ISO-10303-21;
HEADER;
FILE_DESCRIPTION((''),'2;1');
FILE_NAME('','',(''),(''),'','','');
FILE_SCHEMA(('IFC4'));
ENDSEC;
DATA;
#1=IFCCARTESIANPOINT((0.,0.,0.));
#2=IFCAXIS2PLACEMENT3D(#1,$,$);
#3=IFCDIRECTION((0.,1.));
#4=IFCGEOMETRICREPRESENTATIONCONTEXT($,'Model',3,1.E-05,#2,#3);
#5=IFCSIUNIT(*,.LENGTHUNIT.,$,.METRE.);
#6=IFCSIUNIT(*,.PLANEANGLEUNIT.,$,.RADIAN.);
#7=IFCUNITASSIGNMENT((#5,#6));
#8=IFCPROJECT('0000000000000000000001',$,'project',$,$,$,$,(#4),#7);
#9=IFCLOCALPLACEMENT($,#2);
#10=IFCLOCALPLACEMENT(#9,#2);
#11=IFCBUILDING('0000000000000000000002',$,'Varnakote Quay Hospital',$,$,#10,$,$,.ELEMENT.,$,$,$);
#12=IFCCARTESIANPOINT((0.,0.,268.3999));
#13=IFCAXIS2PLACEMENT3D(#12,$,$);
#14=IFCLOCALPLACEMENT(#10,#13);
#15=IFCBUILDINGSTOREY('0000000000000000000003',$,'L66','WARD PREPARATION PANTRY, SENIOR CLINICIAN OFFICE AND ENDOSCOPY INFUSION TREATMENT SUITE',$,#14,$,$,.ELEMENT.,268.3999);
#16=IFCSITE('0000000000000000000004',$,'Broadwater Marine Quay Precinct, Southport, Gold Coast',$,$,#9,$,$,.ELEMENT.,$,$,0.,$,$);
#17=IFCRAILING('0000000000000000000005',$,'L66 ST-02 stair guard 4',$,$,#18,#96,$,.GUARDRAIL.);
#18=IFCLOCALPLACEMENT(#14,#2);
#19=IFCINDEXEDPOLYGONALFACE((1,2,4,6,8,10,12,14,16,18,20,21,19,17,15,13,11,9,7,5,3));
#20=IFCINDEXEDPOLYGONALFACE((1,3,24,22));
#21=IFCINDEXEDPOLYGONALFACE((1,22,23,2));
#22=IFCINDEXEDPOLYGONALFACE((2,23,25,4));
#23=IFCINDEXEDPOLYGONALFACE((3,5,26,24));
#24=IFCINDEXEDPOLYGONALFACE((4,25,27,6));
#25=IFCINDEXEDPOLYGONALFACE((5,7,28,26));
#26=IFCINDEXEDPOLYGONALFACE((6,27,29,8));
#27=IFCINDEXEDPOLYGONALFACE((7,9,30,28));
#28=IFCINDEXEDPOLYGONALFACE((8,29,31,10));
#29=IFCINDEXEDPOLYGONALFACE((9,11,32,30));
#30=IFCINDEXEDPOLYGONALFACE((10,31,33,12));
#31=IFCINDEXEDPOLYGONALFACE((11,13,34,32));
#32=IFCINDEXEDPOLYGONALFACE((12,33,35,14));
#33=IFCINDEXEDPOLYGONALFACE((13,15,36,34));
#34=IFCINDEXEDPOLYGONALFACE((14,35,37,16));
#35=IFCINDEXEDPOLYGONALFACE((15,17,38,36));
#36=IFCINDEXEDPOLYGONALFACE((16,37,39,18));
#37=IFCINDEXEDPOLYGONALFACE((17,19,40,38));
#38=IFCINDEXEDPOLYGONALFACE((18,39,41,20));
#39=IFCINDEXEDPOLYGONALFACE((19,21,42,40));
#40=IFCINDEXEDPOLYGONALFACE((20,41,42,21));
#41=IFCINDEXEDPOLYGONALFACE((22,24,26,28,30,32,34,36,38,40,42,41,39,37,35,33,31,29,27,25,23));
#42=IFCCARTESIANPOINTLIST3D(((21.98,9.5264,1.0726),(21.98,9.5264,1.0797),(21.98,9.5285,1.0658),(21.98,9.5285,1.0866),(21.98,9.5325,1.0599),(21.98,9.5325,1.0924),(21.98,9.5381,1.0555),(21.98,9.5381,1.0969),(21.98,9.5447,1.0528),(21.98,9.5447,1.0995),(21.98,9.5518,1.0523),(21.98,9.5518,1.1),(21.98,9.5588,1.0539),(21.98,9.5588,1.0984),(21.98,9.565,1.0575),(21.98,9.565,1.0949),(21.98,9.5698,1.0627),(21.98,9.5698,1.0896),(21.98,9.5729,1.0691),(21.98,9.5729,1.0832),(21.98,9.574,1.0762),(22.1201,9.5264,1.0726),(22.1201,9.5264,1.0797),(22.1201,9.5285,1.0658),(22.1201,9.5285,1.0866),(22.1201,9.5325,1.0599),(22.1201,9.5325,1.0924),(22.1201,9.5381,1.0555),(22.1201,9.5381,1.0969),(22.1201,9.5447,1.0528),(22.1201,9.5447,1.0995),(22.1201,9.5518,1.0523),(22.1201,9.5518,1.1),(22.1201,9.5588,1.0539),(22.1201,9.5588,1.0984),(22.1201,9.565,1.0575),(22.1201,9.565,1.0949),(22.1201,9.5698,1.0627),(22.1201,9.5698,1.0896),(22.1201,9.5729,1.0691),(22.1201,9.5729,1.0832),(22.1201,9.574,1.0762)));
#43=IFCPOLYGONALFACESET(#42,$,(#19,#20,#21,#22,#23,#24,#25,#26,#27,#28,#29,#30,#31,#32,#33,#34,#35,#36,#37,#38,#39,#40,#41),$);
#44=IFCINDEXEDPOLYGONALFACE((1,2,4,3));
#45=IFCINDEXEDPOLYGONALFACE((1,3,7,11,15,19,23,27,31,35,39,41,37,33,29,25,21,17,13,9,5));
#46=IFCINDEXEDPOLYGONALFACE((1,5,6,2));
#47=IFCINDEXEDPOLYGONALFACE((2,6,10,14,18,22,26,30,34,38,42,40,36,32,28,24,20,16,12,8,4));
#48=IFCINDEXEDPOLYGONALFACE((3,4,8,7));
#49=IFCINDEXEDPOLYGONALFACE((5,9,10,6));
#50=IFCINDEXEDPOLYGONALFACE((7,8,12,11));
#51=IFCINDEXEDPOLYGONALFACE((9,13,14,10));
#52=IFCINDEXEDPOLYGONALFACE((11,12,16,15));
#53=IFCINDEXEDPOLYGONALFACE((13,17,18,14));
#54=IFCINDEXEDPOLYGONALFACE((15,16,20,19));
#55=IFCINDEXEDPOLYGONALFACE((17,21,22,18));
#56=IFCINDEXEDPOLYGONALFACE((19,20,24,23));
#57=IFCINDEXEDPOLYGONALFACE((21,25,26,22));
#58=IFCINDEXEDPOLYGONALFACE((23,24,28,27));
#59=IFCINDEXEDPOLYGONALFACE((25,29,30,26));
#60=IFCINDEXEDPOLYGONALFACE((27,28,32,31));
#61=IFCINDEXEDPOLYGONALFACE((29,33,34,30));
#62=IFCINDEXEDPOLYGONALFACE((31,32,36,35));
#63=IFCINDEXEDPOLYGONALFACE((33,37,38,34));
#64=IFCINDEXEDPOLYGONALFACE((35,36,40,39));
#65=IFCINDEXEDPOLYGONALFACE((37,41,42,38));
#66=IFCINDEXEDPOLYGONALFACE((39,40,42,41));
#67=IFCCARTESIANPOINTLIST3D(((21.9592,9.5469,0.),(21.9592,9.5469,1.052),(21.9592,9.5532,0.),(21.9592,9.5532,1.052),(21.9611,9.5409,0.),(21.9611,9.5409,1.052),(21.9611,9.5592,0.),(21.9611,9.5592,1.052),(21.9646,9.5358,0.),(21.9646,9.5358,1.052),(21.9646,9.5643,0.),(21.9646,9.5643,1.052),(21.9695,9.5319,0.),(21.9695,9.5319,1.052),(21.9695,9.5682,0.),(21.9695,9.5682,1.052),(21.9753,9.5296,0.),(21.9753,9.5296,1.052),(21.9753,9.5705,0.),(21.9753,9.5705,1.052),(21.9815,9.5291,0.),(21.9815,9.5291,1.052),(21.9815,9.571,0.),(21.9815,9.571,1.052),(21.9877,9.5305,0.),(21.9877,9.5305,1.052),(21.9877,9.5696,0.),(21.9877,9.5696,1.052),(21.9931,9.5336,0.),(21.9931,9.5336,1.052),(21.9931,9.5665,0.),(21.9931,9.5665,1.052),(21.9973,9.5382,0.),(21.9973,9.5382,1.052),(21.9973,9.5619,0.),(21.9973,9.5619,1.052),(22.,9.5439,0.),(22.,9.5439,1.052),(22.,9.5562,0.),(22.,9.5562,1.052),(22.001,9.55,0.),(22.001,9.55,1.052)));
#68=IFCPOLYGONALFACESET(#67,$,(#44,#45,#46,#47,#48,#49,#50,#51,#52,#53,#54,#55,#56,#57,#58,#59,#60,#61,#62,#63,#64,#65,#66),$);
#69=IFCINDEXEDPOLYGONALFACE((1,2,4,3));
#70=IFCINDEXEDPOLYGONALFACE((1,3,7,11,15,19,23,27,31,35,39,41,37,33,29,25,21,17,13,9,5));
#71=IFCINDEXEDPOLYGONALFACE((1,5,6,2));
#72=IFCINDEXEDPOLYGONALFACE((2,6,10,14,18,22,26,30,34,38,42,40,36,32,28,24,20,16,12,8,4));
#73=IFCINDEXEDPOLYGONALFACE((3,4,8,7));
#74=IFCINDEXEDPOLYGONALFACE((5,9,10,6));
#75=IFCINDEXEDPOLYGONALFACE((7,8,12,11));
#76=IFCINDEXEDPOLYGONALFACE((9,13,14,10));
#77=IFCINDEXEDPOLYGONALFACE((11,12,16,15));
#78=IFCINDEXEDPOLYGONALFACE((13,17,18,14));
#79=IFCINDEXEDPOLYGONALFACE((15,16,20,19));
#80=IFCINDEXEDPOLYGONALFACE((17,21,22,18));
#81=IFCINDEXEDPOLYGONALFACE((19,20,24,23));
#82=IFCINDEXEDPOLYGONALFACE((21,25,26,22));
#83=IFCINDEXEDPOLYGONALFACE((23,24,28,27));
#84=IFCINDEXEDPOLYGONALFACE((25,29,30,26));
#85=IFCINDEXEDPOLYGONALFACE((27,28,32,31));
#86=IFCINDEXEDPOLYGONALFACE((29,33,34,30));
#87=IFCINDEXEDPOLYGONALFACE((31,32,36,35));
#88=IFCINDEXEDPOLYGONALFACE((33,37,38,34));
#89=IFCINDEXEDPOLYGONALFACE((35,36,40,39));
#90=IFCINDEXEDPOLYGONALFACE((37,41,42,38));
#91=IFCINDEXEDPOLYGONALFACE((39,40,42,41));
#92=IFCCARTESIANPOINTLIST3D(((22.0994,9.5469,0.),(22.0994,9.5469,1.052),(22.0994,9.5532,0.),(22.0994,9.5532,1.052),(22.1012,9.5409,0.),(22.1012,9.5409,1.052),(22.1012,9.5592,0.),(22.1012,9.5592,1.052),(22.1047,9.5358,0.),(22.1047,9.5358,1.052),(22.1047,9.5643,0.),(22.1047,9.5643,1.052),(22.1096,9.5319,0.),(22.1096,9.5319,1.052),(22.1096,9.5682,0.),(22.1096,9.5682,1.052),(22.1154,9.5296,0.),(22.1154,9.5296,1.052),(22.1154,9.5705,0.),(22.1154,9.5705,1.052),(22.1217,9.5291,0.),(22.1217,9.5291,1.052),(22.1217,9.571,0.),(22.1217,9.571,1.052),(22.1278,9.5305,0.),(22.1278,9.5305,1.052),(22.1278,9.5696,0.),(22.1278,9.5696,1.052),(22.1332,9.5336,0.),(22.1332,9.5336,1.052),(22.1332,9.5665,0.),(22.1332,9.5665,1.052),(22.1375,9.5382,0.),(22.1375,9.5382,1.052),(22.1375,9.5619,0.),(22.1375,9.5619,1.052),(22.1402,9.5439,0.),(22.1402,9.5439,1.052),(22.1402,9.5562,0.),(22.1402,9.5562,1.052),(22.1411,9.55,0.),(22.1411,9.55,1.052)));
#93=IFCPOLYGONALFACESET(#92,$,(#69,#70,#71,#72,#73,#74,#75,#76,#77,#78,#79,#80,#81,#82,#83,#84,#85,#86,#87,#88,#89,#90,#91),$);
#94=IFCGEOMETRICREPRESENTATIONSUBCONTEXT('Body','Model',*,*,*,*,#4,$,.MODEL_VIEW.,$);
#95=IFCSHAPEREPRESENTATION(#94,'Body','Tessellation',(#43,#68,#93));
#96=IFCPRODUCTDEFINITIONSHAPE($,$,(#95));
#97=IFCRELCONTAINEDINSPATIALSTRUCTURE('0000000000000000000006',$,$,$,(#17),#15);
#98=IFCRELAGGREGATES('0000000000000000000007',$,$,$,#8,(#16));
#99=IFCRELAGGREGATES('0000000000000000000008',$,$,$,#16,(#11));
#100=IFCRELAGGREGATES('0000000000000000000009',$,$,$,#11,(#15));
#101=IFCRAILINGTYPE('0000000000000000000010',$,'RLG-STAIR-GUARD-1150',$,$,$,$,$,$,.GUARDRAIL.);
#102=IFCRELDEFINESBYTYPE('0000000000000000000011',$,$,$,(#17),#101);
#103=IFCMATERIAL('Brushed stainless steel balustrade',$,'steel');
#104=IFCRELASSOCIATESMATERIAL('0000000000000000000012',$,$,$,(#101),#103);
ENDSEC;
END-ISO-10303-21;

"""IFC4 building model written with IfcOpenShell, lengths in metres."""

from ifc_helpers import new_model, si_unit, direction, frame, origin, origin_2d, place, context, subcontext, project, spatial, circle, extrude, material, type_object, element, save


model = new_model("IFC4")

# Units and contexts
model_context = context("Model", 3, precision=1e-05, world=origin(), true_north=direction((0.0, 1.0)))
body_context = subcontext(model_context, "Body", "Model", "MODEL_VIEW")
ifc_project = project(units=[si_unit("LENGTHUNIT", "METRE"), si_unit("PLANEANGLEUNIT", "RADIAN")], contexts=[model_context])

# Site, building, storey
site_placement = place(None, origin())
site = spatial("IfcSite", under=ifc_project, at=site_placement, Name="Broadwater Marine Quay Precinct, Southport, Gold Coast", CompositionType="ELEMENT", RefElevation=0.0)
building_placement = place(site_placement, origin())
building = spatial("IfcBuilding", under=site, at=building_placement, Name="Varnakote Quay Hospital", CompositionType="ELEMENT")
storey_placement = place(building_placement, frame((0.0, 0.0, 268.3999)))
storey = spatial("IfcBuildingStorey", under=building, at=storey_placement, Name="L66", Description="WARD PREPARATION PANTRY, SENIOR CLINICIAN OFFICE AND ENDOSCOPY INFUSION TREATMENT SUITE", CompositionType="ELEMENT", Elevation=268.3999)

# Railing
ifc_material_1 = material(Name="Brushed stainless steel balustrade", Category="steel")
railing_type_1 = type_object("IfcRailingType", Name="RLG-STAIR-GUARD-1150", PredefinedType="GUARDRAIL", material=ifc_material_1)
railing_1_placement = place(storey_placement, frame((21.98, 9.55, 0.0)))
element("IfcRailing", 1, at=railing_1_placement, inside=storey, type_object=railing_type_1, Name="L66 ST-02 stair guard 4", PredefinedType="GUARDRAIL", context=body_context, shape_type="SweptSolid", body=[
    extrude(circle(Radius=0.0239, at=origin_2d()), frame((0.0, 0.0, 1.0762), z_axis=(1.0, 0.0, 0.0), x_axis=(0.0, 1.0, 0.0)), (0.0, 0.0, 1.0), 0.1401),
    extrude(circle(Radius=0.021, at=origin_2d()), origin(), (0.0, 0.0, 1.0), 1.052),
    extrude(circle(Radius=0.021, at=origin_2d()), frame((0.1401, 0.0, 0.0)), (0.0, 0.0, 1.0), 1.052),
])

save(model, "model.ifc")
